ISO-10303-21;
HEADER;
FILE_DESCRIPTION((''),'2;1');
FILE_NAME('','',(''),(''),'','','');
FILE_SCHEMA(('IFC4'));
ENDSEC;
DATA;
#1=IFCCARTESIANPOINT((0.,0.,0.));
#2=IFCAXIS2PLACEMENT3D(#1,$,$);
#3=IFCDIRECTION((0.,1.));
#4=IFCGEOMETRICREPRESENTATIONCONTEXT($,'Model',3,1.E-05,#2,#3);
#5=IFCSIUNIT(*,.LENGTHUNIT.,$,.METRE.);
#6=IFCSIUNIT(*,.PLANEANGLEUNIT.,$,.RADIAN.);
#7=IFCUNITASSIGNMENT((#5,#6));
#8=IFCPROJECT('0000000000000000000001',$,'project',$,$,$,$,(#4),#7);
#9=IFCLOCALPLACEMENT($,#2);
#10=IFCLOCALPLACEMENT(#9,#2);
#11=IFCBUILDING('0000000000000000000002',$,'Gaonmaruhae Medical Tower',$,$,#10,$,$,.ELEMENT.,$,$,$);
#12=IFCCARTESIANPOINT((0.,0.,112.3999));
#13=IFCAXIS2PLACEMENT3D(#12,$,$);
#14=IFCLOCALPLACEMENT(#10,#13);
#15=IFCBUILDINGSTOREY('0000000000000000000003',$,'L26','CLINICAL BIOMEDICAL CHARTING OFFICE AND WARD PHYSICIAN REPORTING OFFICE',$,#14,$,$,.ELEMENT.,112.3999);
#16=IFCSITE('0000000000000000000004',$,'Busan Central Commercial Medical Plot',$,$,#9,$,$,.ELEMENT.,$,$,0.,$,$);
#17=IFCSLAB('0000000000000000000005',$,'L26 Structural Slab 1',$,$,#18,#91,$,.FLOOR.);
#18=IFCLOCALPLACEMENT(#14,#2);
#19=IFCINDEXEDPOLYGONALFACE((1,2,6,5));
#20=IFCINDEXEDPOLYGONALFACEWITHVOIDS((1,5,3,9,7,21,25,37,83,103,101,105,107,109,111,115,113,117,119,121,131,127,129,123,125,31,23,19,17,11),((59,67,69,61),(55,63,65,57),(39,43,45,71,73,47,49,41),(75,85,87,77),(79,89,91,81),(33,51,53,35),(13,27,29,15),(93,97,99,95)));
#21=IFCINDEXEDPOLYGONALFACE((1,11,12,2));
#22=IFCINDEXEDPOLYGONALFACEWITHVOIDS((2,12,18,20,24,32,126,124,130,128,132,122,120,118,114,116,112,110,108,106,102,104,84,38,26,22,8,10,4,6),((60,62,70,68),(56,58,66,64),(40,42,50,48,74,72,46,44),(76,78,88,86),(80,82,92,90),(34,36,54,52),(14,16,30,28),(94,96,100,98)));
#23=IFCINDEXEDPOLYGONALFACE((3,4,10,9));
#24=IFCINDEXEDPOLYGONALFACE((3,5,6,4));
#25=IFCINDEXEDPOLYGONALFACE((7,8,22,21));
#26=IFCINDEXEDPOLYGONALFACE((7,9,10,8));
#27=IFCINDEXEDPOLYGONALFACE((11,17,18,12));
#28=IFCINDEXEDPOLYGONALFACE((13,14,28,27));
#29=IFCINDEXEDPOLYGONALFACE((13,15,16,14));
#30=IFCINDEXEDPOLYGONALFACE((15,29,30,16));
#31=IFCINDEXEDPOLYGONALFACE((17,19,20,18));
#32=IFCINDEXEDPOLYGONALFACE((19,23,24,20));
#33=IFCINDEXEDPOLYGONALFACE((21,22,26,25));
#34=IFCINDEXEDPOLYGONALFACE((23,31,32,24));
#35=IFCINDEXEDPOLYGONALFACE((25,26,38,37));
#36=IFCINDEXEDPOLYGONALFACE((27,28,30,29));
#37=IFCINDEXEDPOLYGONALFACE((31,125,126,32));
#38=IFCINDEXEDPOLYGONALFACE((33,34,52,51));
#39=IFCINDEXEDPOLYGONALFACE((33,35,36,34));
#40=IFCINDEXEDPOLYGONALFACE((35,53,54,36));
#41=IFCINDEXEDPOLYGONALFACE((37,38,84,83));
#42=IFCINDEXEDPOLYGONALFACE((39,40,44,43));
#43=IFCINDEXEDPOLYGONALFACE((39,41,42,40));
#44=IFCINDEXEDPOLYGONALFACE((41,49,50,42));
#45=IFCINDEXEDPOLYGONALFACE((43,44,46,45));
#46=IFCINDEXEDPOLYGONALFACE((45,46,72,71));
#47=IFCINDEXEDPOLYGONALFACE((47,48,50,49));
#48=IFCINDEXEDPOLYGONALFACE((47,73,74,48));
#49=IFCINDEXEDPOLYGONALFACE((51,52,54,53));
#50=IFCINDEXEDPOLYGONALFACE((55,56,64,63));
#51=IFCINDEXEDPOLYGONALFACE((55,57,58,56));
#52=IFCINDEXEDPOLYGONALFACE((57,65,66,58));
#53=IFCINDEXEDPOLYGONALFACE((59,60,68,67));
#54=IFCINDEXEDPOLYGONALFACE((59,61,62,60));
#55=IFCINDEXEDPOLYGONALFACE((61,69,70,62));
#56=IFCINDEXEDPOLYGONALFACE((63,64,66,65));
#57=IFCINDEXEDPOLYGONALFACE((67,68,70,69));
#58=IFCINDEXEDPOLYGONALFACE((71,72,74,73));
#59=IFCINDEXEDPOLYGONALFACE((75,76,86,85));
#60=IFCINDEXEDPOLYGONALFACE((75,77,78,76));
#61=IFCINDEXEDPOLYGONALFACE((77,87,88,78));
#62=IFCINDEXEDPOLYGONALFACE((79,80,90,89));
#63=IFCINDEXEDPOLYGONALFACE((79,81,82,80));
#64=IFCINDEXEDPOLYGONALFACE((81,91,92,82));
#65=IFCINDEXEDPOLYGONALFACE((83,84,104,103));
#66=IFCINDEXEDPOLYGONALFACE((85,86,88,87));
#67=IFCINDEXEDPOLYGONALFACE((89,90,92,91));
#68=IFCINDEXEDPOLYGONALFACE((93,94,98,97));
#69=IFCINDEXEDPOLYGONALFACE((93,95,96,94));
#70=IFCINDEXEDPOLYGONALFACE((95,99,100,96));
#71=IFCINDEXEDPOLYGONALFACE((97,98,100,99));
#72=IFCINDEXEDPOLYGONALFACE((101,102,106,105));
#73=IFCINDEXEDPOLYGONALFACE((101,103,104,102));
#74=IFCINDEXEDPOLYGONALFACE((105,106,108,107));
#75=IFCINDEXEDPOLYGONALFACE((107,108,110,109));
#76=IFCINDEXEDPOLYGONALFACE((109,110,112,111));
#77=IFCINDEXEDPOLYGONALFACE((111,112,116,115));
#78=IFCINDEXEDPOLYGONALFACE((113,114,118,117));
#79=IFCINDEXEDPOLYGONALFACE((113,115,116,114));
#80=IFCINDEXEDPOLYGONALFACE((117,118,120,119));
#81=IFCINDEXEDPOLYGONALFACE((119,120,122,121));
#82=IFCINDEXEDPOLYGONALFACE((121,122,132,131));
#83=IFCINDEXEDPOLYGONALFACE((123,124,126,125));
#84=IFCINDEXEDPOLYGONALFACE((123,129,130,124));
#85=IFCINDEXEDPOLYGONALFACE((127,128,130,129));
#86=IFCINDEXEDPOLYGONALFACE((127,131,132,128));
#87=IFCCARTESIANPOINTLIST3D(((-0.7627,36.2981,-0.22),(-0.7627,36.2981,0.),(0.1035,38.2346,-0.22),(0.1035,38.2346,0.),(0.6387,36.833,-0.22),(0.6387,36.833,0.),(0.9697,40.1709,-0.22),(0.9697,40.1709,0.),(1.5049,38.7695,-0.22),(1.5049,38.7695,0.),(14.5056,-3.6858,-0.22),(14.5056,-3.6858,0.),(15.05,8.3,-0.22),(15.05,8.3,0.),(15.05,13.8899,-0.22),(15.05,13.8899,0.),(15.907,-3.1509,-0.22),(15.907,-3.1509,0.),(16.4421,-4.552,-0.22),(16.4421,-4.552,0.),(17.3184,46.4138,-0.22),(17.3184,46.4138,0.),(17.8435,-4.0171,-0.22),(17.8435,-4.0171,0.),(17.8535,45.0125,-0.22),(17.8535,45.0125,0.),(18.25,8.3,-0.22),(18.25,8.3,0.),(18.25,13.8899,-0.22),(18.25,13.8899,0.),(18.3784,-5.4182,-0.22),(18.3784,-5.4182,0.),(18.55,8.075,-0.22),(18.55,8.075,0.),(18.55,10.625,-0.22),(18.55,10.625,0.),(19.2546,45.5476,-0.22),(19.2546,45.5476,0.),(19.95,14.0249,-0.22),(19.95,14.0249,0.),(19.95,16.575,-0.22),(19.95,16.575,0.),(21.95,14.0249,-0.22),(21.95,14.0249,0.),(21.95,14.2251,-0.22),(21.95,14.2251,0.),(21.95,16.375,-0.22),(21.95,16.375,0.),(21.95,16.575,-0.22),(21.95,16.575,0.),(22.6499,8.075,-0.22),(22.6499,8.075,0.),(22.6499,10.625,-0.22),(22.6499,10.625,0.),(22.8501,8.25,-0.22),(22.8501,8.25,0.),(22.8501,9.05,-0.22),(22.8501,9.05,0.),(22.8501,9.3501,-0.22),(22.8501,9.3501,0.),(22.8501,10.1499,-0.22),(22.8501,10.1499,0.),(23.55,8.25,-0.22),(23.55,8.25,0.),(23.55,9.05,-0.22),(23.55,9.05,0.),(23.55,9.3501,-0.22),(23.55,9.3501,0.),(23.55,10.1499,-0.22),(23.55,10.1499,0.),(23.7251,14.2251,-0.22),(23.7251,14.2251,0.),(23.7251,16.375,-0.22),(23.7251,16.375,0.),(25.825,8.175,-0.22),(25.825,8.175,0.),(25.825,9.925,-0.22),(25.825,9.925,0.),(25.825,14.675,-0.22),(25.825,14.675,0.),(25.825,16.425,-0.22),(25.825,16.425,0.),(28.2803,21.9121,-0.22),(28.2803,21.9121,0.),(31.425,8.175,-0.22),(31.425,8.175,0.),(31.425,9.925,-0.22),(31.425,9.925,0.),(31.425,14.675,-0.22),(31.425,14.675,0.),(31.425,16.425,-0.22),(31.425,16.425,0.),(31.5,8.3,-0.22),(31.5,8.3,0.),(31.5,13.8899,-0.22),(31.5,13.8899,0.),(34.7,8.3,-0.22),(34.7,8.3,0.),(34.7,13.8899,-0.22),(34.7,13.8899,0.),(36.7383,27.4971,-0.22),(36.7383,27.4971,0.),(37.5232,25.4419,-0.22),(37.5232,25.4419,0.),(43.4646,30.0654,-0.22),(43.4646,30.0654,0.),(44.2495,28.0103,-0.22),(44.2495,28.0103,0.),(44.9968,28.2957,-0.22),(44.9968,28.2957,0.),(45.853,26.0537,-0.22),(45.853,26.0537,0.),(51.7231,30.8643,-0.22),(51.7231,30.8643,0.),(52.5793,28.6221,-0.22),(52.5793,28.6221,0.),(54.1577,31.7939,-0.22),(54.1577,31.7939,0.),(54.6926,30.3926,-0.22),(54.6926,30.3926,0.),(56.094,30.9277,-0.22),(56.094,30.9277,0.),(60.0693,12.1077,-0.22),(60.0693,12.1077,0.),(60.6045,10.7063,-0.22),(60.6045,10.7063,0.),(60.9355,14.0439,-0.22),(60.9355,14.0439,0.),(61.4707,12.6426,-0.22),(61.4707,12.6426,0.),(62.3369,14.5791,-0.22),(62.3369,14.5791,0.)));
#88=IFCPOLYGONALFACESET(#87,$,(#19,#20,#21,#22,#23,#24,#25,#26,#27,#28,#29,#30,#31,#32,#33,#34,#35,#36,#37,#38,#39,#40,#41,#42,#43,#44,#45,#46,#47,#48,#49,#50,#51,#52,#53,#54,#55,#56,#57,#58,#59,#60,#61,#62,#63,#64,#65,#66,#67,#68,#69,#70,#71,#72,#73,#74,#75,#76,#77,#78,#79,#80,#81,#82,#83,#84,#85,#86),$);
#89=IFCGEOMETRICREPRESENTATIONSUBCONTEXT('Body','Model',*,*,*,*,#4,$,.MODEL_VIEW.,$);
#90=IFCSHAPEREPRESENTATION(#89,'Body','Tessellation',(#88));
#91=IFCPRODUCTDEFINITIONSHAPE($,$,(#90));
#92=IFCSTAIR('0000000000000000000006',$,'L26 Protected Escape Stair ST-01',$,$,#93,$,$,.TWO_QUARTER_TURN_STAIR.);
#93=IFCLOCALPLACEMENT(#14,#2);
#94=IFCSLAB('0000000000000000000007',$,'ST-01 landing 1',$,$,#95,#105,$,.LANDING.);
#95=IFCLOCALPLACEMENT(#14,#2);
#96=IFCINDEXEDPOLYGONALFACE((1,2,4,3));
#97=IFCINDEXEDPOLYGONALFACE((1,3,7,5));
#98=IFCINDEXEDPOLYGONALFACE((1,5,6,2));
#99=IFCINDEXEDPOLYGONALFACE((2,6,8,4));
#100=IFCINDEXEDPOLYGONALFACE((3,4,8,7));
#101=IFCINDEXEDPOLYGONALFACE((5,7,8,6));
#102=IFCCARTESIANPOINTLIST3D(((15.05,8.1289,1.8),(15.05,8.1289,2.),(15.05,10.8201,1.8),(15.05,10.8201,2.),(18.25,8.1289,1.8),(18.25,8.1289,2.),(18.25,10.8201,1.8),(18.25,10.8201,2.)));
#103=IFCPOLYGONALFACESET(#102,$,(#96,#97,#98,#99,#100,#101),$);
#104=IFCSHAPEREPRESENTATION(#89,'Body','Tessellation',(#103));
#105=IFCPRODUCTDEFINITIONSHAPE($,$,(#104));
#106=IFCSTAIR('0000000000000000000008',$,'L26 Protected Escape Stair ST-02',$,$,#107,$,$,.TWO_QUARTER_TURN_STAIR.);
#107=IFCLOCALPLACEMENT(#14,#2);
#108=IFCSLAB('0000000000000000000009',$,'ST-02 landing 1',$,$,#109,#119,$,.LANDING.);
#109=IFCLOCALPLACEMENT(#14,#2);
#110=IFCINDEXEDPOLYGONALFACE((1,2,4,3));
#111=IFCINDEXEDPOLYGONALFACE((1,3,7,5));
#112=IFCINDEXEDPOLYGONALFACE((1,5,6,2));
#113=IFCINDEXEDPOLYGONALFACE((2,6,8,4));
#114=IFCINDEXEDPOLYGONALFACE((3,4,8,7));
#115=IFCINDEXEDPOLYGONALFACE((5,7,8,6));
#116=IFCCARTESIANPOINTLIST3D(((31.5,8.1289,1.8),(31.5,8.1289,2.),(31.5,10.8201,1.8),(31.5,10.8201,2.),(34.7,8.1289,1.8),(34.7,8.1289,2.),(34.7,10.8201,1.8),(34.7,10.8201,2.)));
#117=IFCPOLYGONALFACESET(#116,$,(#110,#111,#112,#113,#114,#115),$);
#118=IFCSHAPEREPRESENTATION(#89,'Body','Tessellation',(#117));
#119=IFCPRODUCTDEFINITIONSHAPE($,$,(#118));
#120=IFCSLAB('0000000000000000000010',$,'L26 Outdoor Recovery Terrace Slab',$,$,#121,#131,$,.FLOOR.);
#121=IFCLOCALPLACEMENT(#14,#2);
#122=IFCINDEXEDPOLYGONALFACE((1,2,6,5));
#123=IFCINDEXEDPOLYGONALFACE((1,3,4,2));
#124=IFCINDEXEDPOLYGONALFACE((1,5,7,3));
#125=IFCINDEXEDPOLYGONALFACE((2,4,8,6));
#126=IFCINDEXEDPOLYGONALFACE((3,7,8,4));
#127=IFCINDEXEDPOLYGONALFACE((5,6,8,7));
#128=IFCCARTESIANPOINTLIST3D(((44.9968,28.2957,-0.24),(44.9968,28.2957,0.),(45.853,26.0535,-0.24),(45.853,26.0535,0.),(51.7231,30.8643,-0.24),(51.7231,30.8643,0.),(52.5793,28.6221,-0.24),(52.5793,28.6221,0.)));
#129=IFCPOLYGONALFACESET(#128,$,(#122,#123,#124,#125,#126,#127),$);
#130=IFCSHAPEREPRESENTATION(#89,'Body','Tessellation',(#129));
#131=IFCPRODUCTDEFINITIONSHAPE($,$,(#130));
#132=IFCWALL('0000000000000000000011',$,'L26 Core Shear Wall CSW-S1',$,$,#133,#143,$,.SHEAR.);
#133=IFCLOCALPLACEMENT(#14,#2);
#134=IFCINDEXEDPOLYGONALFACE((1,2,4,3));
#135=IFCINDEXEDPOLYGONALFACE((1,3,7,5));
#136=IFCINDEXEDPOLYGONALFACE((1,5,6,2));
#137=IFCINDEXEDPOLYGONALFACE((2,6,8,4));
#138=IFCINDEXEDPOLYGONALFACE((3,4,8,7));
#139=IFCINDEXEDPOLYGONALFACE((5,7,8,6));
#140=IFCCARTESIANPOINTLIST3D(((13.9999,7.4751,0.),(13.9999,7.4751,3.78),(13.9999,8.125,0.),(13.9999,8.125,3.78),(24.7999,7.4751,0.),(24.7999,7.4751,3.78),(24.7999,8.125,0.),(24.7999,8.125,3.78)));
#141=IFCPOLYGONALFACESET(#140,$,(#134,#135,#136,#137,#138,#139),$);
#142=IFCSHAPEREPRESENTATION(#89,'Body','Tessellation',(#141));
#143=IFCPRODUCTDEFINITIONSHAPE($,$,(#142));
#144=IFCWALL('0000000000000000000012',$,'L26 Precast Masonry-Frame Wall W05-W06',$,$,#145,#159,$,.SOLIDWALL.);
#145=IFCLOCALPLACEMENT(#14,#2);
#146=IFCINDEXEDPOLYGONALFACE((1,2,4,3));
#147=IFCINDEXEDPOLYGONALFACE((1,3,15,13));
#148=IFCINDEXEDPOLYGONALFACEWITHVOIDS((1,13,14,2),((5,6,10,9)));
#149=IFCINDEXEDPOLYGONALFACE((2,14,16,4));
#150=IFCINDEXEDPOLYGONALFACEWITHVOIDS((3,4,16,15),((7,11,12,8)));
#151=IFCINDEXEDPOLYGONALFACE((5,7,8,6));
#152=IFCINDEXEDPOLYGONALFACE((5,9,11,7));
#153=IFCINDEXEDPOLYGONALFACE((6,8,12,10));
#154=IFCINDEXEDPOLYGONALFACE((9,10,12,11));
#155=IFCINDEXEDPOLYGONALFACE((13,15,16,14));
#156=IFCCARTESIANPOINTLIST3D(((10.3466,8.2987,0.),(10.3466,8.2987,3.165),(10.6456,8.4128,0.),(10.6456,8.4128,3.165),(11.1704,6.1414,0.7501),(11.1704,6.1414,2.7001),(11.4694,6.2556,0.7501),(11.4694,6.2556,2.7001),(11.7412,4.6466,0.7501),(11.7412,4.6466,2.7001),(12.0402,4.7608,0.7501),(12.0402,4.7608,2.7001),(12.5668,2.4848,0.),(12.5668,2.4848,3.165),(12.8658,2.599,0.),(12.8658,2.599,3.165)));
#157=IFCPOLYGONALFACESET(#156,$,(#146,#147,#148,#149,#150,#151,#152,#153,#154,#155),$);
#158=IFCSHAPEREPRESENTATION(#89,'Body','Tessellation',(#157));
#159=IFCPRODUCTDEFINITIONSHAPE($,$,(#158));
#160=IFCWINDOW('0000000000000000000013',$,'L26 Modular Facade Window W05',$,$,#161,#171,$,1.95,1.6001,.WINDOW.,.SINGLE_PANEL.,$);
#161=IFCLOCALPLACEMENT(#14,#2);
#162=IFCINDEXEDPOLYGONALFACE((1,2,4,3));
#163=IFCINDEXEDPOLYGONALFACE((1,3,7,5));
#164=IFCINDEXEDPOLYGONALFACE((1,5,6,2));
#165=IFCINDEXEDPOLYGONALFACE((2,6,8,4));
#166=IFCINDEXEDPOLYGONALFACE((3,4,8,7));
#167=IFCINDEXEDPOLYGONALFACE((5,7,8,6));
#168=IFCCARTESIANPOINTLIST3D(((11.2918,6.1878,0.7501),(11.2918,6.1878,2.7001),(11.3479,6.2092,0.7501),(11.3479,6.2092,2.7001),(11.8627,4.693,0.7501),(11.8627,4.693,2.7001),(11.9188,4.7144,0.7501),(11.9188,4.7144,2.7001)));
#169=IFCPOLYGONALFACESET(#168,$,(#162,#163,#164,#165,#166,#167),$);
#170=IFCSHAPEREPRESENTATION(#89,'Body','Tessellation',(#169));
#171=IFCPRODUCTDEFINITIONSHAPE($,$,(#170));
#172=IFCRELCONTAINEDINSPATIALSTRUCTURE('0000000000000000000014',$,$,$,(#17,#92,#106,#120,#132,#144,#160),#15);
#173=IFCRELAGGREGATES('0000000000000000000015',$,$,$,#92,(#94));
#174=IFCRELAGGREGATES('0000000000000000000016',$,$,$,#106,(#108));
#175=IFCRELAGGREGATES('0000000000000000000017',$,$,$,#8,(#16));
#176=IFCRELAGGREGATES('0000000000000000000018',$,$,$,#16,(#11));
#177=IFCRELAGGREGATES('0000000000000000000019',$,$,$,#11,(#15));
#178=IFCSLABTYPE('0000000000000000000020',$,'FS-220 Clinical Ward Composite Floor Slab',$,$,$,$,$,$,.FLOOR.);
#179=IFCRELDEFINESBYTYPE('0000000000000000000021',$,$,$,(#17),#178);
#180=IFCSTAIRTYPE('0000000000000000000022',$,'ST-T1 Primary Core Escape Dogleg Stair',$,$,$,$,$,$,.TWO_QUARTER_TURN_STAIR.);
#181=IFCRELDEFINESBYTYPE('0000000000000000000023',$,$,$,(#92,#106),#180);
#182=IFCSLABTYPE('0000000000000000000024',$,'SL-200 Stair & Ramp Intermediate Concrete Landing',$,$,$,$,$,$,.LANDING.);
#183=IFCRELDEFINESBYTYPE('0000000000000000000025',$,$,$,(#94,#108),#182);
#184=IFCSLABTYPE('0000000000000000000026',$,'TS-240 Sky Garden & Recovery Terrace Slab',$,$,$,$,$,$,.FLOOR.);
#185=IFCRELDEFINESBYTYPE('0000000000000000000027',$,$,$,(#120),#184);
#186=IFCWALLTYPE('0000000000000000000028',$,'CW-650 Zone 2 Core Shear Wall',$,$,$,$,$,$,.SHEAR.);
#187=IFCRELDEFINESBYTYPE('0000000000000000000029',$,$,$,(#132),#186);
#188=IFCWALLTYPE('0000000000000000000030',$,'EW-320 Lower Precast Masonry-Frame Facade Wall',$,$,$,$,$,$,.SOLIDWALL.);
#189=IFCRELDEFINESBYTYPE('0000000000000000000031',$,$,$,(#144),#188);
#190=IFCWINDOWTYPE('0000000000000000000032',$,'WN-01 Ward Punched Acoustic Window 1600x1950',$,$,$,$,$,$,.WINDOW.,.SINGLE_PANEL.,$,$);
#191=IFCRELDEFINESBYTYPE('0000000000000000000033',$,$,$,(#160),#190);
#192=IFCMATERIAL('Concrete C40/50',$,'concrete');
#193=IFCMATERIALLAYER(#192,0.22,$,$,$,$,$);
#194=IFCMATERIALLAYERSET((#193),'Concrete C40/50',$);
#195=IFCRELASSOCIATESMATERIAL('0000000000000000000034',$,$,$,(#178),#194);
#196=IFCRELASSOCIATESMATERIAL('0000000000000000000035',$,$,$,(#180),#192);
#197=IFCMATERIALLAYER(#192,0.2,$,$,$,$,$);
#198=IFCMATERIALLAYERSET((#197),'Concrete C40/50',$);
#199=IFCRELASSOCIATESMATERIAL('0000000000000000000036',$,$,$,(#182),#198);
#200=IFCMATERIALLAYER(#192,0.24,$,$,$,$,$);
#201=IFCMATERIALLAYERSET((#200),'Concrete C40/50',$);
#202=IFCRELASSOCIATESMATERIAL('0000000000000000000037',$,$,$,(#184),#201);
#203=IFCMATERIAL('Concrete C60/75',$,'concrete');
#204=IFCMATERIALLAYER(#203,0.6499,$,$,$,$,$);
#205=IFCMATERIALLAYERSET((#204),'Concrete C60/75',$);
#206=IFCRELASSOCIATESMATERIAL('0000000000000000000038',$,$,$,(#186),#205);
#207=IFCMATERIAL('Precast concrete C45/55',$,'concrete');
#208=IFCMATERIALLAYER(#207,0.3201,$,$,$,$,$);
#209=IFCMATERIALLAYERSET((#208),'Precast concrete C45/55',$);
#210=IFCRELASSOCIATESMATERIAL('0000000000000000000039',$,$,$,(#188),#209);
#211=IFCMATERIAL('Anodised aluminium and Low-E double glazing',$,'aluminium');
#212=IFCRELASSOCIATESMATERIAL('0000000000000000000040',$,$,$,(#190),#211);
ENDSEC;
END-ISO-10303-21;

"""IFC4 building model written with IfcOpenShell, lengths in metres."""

from ifc_helpers import new_model, si_unit, direction, frame, frame_2d, origin, place, context, subcontext, project, spatial, polyline, rectangle, outline, extrude, material, layer, layer_set, type_object, element, fill, aggregate, save


model = new_model("IFC4")

# Units and contexts
model_context = context("Model", 3, precision=1e-05, world=origin(), true_north=direction((0.0, 1.0)))
body_context = subcontext(model_context, "Body", "Model", "MODEL_VIEW")
ifc_project = project(units=[si_unit("LENGTHUNIT", "METRE"), si_unit("PLANEANGLEUNIT", "RADIAN")], contexts=[model_context])

# Site, building, storey
site_placement = place(None, origin())
site = spatial("IfcSite", under=ifc_project, at=site_placement, Name="Busan Central Commercial Medical Plot", CompositionType="ELEMENT", RefElevation=0.0)
building_placement = place(site_placement, origin())
building = spatial("IfcBuilding", under=site, at=building_placement, Name="Gaonmaruhae Medical Tower", CompositionType="ELEMENT")
storey_placement = place(building_placement, frame((0.0, 0.0, 112.3999)))
storey = spatial("IfcBuildingStorey", under=building, at=storey_placement, Name="L26", Description="CLINICAL BIOMEDICAL CHARTING OFFICE AND WARD PHYSICIAN REPORTING OFFICE", CompositionType="ELEMENT", Elevation=112.3999)

# Shared definitions
ifc_material_1 = material(Name="Concrete C60/75", Category="concrete")

# Slab
ifc_material_2 = material(Name="Concrete C40/50", Category="concrete")
ifc_layer_1 = layer(ifc_material_2, 0.22)
ifc_layer_set_1 = layer_set([ifc_layer_1], Name="Concrete C40/50")
slab_type_1 = type_object("IfcSlabType", Name="FS-220 Clinical Ward Composite Floor Slab", PredefinedType="FLOOR", material=ifc_layer_set_1)
slab_1_placement = place(storey_placement, frame((0.0, 0.0, -0.22)))
element("IfcSlab", 1, at=slab_1_placement, inside=storey, type_object=slab_type_1, Name="L26 Structural Slab 1", PredefinedType="FLOOR", context=body_context, shape_type="SweptSolid", body=[
    extrude(outline(polyline([(54.6926, 30.3926), (56.094, 30.9277), (62.3369, 14.5791), (60.9355, 14.0439), (61.4707, 12.6426), (60.0693, 12.1077), (60.6045, 10.7063), (18.3784, -5.4182), (17.8435, -4.0171), (16.4421, -4.552), (15.907, -3.1509), (14.5056, -3.6858), (-0.7627, 36.2981), (0.6387, 36.833), (0.1035, 38.2346), (1.5049, 38.7695), (0.9697, 40.1709), (17.3184, 46.4138), (17.8535, 45.0125), (19.2546, 45.5476), (28.2803, 21.9121), (37.5232, 25.4419), (36.7383, 27.4971), (43.4646, 30.0654), (44.2495, 28.0103), (44.9968, 28.2957), (45.853, 26.0537), (52.5793, 28.6221), (51.7231, 30.8643), (54.1577, 31.7939), (54.6926, 30.3926)]), holes=[polyline([(23.55, 8.25), (22.8501, 8.25), (22.8501, 9.05), (23.55, 9.05), (23.55, 8.25)]), polyline([(25.825, 9.925), (31.425, 9.925), (31.425, 8.175), (25.825, 8.175), (25.825, 9.925)]), polyline([(22.6499, 10.625), (22.6499, 8.075), (18.55, 8.075), (18.55, 10.625), (22.6499, 10.625)]), polyline([(23.55, 9.3501), (22.8501, 9.3501), (22.8501, 10.1499), (23.55, 10.1499), (23.55, 9.3501)]), polyline([(15.05, 13.8899), (18.25, 13.8899), (18.25, 8.3), (15.05, 8.3), (15.05, 13.8899)]), polyline([(31.5, 13.8899), (34.7, 13.8899), (34.7, 8.3), (31.5, 8.3), (31.5, 13.8899)]), polyline([(21.95, 14.2251), (21.95, 14.0249), (19.95, 14.0249), (19.95, 16.575), (21.95, 16.575), (21.95, 16.375), (23.7251, 16.375), (23.7251, 14.2251), (21.95, 14.2251)]), polyline([(25.825, 16.425), (31.425, 16.425), (31.425, 14.675), (25.825, 14.675), (25.825, 16.425)])]), origin(), (0.0, 0.0, 1.0), 0.22),
])

# Stairs, slabs
stair_type = type_object("IfcStairType", Name="ST-T1 Primary Core Escape Dogleg Stair", PredefinedType="TWO_QUARTER_TURN_STAIR", material=ifc_material_2)
stair_1_placement = place(storey_placement, origin())
stair_1 = element("IfcStair", 2, at=stair_1_placement, inside=storey, type_object=stair_type, Name="L26 Protected Escape Stair ST-01", PredefinedType="TWO_QUARTER_TURN_STAIR")
ifc_layer_2 = layer(ifc_material_2, 0.2)
ifc_layer_set_2 = layer_set([ifc_layer_2], Name="Concrete C40/50")
slab_type_2 = type_object("IfcSlabType", Name="SL-200 Stair & Ramp Intermediate Concrete Landing", PredefinedType="LANDING", material=ifc_layer_set_2)
slab_2_placement = place(storey_placement, frame((0.0, 0.0, 1.8)))
slab_2 = element("IfcSlab", 3, at=slab_2_placement, type_object=slab_type_2, Name="ST-01 landing 1", PredefinedType="LANDING", context=body_context, shape_type="SweptSolid", body=[
    extrude(outline(polyline([(15.05, 10.8201), (15.05, 8.1289), (18.25, 8.1289), (18.25, 10.8201), (15.05, 10.8201)])), origin(), (0.0, 0.0, 1.0), 0.2),
])
aggregate(stair_1, [slab_2])
stair_2_placement = place(storey_placement, origin())
stair_2 = element("IfcStair", 4, at=stair_2_placement, inside=storey, type_object=stair_type, Name="L26 Protected Escape Stair ST-02", PredefinedType="TWO_QUARTER_TURN_STAIR")
slab_3_placement = place(storey_placement, frame((0.0, 0.0, 1.8)))
slab_3 = element("IfcSlab", 5, at=slab_3_placement, type_object=slab_type_2, Name="ST-02 landing 1", PredefinedType="LANDING", context=body_context, shape_type="SweptSolid", body=[
    extrude(outline(polyline([(31.5, 10.8201), (31.5, 8.1289), (34.7, 8.1289), (34.7, 10.8201), (31.5, 10.8201)])), origin(), (0.0, 0.0, 1.0), 0.2),
])
aggregate(stair_2, [slab_3])

# Slab
ifc_layer_3 = layer(ifc_material_2, 0.24)
ifc_layer_set_3 = layer_set([ifc_layer_3], Name="Concrete C40/50")
slab_type_3 = type_object("IfcSlabType", Name="TS-240 Sky Garden & Recovery Terrace Slab", PredefinedType="FLOOR", material=ifc_layer_set_3)
slab_4_placement = place(storey_placement, frame((0.0, 0.0, -0.24)))
element("IfcSlab", 6, at=slab_4_placement, inside=storey, type_object=slab_type_3, Name="L26 Outdoor Recovery Terrace Slab", PredefinedType="FLOOR", context=body_context, shape_type="SweptSolid", body=[
    extrude(outline(polyline([(45.853, 26.0535), (52.5793, 28.6221), (51.7231, 30.8643), (44.9968, 28.2957), (45.853, 26.0535)])), origin(), (0.0, 0.0, 1.0), 0.24),
])

# Wall
ifc_layer_4 = layer(ifc_material_1, 0.6499)
ifc_layer_set_4 = layer_set([ifc_layer_4], Name="Concrete C60/75")
wall_type_1 = type_object("IfcWallType", Name="CW-650 Zone 2 Core Shear Wall", PredefinedType="SHEAR", material=ifc_layer_set_4)
wall_1_placement = place(storey_placement, frame((14.0, 7.8, 0.0), z_axis=(0.0, 0.0, 1.0), x_axis=(1.0, 0.0, 0.0)))
element("IfcWall", 7, at=wall_1_placement, inside=storey, type_object=wall_type_1, Name="L26 Core Shear Wall CSW-S1", PredefinedType="SHEAR", context=body_context, shape_type="SweptSolid", body=[
    extrude(rectangle(XDim=10.8, YDim=0.6499, at=frame_2d((5.3999, 0.0))), origin(), (0.0, 0.0, 1.0), 3.78),
])

# Wall, opening, window
ifc_material_3 = material(Name="Precast concrete C45/55", Category="concrete")
ifc_layer_5 = layer(ifc_material_3, 0.3201)
ifc_layer_set_5 = layer_set([ifc_layer_5], Name="Precast concrete C45/55")
wall_type_2 = type_object("IfcWallType", Name="EW-320 Lower Precast Masonry-Frame Facade Wall", PredefinedType="SOLIDWALL", material=ifc_layer_set_5)
wall_2_placement = place(storey_placement, frame((12.7163, 2.5417, 0.0), z_axis=(0.0, 0.0, 1.0), x_axis=(-0.356749, 0.9342, 0.0)))
wall_2 = element("IfcWall", 8, at=wall_2_placement, inside=storey, type_object=wall_type_2, Name="L26 Precast Masonry-Frame Wall W05-W06", PredefinedType="SOLIDWALL", context=body_context, shape_type="SweptSolid", body=[
    extrude(rectangle(XDim=6.2234, YDim=0.3201, at=frame_2d((3.1118, 0.0))), origin(), (0.0, 0.0, 1.0), 3.165),
])
opening_1_placement = place(wall_2_placement, frame((2.3142, 0.0, 0.75)))
opening_1 = element("IfcOpeningElement", 9, at=opening_1_placement, cuts=wall_2, PredefinedType="OPENING", context=body_context, shape_type="SweptSolid", body=[
    extrude(rectangle(XDim=1.6001, YDim=1.95, at=frame_2d((0.8, 0.9751))), frame((0.0, 0.1699, 0.0), z_axis=(0.0, -1.0, 0.0), x_axis=(1.0, 0.0, 0.0)), (0.0, 0.0, 1.0), 0.3401),
])
ifc_material_4 = material(Name="Anodised aluminium and Low-E double glazing", Category="aluminium")
window_type_1 = type_object("IfcWindowType", Name="WN-01 Ward Punched Acoustic Window 1600x1950", PartitioningType="SINGLE_PANEL", PredefinedType="WINDOW", material=ifc_material_4)
window_1_placement = place(opening_1_placement, origin())
window_1 = element("IfcWindow", 10, at=window_1_placement, inside=storey, type_object=window_type_1, Name="L26 Modular Facade Window W05", OverallHeight=1.95, OverallWidth=1.6001, PartitioningType="SINGLE_PANEL", PredefinedType="WINDOW", context=body_context, shape_type="SweptSolid", body=[
    extrude(rectangle(XDim=1.6001, YDim=1.95, at=frame_2d((0.8, 0.9751))), frame((0.0, 0.03, 0.0), z_axis=(0.0, -1.0, 0.0), x_axis=(1.0, 0.0, 0.0)), (0.0, 0.0, 1.0), 0.0601),
])
fill(opening_1, window_1)

save(model, "model.ifc")
